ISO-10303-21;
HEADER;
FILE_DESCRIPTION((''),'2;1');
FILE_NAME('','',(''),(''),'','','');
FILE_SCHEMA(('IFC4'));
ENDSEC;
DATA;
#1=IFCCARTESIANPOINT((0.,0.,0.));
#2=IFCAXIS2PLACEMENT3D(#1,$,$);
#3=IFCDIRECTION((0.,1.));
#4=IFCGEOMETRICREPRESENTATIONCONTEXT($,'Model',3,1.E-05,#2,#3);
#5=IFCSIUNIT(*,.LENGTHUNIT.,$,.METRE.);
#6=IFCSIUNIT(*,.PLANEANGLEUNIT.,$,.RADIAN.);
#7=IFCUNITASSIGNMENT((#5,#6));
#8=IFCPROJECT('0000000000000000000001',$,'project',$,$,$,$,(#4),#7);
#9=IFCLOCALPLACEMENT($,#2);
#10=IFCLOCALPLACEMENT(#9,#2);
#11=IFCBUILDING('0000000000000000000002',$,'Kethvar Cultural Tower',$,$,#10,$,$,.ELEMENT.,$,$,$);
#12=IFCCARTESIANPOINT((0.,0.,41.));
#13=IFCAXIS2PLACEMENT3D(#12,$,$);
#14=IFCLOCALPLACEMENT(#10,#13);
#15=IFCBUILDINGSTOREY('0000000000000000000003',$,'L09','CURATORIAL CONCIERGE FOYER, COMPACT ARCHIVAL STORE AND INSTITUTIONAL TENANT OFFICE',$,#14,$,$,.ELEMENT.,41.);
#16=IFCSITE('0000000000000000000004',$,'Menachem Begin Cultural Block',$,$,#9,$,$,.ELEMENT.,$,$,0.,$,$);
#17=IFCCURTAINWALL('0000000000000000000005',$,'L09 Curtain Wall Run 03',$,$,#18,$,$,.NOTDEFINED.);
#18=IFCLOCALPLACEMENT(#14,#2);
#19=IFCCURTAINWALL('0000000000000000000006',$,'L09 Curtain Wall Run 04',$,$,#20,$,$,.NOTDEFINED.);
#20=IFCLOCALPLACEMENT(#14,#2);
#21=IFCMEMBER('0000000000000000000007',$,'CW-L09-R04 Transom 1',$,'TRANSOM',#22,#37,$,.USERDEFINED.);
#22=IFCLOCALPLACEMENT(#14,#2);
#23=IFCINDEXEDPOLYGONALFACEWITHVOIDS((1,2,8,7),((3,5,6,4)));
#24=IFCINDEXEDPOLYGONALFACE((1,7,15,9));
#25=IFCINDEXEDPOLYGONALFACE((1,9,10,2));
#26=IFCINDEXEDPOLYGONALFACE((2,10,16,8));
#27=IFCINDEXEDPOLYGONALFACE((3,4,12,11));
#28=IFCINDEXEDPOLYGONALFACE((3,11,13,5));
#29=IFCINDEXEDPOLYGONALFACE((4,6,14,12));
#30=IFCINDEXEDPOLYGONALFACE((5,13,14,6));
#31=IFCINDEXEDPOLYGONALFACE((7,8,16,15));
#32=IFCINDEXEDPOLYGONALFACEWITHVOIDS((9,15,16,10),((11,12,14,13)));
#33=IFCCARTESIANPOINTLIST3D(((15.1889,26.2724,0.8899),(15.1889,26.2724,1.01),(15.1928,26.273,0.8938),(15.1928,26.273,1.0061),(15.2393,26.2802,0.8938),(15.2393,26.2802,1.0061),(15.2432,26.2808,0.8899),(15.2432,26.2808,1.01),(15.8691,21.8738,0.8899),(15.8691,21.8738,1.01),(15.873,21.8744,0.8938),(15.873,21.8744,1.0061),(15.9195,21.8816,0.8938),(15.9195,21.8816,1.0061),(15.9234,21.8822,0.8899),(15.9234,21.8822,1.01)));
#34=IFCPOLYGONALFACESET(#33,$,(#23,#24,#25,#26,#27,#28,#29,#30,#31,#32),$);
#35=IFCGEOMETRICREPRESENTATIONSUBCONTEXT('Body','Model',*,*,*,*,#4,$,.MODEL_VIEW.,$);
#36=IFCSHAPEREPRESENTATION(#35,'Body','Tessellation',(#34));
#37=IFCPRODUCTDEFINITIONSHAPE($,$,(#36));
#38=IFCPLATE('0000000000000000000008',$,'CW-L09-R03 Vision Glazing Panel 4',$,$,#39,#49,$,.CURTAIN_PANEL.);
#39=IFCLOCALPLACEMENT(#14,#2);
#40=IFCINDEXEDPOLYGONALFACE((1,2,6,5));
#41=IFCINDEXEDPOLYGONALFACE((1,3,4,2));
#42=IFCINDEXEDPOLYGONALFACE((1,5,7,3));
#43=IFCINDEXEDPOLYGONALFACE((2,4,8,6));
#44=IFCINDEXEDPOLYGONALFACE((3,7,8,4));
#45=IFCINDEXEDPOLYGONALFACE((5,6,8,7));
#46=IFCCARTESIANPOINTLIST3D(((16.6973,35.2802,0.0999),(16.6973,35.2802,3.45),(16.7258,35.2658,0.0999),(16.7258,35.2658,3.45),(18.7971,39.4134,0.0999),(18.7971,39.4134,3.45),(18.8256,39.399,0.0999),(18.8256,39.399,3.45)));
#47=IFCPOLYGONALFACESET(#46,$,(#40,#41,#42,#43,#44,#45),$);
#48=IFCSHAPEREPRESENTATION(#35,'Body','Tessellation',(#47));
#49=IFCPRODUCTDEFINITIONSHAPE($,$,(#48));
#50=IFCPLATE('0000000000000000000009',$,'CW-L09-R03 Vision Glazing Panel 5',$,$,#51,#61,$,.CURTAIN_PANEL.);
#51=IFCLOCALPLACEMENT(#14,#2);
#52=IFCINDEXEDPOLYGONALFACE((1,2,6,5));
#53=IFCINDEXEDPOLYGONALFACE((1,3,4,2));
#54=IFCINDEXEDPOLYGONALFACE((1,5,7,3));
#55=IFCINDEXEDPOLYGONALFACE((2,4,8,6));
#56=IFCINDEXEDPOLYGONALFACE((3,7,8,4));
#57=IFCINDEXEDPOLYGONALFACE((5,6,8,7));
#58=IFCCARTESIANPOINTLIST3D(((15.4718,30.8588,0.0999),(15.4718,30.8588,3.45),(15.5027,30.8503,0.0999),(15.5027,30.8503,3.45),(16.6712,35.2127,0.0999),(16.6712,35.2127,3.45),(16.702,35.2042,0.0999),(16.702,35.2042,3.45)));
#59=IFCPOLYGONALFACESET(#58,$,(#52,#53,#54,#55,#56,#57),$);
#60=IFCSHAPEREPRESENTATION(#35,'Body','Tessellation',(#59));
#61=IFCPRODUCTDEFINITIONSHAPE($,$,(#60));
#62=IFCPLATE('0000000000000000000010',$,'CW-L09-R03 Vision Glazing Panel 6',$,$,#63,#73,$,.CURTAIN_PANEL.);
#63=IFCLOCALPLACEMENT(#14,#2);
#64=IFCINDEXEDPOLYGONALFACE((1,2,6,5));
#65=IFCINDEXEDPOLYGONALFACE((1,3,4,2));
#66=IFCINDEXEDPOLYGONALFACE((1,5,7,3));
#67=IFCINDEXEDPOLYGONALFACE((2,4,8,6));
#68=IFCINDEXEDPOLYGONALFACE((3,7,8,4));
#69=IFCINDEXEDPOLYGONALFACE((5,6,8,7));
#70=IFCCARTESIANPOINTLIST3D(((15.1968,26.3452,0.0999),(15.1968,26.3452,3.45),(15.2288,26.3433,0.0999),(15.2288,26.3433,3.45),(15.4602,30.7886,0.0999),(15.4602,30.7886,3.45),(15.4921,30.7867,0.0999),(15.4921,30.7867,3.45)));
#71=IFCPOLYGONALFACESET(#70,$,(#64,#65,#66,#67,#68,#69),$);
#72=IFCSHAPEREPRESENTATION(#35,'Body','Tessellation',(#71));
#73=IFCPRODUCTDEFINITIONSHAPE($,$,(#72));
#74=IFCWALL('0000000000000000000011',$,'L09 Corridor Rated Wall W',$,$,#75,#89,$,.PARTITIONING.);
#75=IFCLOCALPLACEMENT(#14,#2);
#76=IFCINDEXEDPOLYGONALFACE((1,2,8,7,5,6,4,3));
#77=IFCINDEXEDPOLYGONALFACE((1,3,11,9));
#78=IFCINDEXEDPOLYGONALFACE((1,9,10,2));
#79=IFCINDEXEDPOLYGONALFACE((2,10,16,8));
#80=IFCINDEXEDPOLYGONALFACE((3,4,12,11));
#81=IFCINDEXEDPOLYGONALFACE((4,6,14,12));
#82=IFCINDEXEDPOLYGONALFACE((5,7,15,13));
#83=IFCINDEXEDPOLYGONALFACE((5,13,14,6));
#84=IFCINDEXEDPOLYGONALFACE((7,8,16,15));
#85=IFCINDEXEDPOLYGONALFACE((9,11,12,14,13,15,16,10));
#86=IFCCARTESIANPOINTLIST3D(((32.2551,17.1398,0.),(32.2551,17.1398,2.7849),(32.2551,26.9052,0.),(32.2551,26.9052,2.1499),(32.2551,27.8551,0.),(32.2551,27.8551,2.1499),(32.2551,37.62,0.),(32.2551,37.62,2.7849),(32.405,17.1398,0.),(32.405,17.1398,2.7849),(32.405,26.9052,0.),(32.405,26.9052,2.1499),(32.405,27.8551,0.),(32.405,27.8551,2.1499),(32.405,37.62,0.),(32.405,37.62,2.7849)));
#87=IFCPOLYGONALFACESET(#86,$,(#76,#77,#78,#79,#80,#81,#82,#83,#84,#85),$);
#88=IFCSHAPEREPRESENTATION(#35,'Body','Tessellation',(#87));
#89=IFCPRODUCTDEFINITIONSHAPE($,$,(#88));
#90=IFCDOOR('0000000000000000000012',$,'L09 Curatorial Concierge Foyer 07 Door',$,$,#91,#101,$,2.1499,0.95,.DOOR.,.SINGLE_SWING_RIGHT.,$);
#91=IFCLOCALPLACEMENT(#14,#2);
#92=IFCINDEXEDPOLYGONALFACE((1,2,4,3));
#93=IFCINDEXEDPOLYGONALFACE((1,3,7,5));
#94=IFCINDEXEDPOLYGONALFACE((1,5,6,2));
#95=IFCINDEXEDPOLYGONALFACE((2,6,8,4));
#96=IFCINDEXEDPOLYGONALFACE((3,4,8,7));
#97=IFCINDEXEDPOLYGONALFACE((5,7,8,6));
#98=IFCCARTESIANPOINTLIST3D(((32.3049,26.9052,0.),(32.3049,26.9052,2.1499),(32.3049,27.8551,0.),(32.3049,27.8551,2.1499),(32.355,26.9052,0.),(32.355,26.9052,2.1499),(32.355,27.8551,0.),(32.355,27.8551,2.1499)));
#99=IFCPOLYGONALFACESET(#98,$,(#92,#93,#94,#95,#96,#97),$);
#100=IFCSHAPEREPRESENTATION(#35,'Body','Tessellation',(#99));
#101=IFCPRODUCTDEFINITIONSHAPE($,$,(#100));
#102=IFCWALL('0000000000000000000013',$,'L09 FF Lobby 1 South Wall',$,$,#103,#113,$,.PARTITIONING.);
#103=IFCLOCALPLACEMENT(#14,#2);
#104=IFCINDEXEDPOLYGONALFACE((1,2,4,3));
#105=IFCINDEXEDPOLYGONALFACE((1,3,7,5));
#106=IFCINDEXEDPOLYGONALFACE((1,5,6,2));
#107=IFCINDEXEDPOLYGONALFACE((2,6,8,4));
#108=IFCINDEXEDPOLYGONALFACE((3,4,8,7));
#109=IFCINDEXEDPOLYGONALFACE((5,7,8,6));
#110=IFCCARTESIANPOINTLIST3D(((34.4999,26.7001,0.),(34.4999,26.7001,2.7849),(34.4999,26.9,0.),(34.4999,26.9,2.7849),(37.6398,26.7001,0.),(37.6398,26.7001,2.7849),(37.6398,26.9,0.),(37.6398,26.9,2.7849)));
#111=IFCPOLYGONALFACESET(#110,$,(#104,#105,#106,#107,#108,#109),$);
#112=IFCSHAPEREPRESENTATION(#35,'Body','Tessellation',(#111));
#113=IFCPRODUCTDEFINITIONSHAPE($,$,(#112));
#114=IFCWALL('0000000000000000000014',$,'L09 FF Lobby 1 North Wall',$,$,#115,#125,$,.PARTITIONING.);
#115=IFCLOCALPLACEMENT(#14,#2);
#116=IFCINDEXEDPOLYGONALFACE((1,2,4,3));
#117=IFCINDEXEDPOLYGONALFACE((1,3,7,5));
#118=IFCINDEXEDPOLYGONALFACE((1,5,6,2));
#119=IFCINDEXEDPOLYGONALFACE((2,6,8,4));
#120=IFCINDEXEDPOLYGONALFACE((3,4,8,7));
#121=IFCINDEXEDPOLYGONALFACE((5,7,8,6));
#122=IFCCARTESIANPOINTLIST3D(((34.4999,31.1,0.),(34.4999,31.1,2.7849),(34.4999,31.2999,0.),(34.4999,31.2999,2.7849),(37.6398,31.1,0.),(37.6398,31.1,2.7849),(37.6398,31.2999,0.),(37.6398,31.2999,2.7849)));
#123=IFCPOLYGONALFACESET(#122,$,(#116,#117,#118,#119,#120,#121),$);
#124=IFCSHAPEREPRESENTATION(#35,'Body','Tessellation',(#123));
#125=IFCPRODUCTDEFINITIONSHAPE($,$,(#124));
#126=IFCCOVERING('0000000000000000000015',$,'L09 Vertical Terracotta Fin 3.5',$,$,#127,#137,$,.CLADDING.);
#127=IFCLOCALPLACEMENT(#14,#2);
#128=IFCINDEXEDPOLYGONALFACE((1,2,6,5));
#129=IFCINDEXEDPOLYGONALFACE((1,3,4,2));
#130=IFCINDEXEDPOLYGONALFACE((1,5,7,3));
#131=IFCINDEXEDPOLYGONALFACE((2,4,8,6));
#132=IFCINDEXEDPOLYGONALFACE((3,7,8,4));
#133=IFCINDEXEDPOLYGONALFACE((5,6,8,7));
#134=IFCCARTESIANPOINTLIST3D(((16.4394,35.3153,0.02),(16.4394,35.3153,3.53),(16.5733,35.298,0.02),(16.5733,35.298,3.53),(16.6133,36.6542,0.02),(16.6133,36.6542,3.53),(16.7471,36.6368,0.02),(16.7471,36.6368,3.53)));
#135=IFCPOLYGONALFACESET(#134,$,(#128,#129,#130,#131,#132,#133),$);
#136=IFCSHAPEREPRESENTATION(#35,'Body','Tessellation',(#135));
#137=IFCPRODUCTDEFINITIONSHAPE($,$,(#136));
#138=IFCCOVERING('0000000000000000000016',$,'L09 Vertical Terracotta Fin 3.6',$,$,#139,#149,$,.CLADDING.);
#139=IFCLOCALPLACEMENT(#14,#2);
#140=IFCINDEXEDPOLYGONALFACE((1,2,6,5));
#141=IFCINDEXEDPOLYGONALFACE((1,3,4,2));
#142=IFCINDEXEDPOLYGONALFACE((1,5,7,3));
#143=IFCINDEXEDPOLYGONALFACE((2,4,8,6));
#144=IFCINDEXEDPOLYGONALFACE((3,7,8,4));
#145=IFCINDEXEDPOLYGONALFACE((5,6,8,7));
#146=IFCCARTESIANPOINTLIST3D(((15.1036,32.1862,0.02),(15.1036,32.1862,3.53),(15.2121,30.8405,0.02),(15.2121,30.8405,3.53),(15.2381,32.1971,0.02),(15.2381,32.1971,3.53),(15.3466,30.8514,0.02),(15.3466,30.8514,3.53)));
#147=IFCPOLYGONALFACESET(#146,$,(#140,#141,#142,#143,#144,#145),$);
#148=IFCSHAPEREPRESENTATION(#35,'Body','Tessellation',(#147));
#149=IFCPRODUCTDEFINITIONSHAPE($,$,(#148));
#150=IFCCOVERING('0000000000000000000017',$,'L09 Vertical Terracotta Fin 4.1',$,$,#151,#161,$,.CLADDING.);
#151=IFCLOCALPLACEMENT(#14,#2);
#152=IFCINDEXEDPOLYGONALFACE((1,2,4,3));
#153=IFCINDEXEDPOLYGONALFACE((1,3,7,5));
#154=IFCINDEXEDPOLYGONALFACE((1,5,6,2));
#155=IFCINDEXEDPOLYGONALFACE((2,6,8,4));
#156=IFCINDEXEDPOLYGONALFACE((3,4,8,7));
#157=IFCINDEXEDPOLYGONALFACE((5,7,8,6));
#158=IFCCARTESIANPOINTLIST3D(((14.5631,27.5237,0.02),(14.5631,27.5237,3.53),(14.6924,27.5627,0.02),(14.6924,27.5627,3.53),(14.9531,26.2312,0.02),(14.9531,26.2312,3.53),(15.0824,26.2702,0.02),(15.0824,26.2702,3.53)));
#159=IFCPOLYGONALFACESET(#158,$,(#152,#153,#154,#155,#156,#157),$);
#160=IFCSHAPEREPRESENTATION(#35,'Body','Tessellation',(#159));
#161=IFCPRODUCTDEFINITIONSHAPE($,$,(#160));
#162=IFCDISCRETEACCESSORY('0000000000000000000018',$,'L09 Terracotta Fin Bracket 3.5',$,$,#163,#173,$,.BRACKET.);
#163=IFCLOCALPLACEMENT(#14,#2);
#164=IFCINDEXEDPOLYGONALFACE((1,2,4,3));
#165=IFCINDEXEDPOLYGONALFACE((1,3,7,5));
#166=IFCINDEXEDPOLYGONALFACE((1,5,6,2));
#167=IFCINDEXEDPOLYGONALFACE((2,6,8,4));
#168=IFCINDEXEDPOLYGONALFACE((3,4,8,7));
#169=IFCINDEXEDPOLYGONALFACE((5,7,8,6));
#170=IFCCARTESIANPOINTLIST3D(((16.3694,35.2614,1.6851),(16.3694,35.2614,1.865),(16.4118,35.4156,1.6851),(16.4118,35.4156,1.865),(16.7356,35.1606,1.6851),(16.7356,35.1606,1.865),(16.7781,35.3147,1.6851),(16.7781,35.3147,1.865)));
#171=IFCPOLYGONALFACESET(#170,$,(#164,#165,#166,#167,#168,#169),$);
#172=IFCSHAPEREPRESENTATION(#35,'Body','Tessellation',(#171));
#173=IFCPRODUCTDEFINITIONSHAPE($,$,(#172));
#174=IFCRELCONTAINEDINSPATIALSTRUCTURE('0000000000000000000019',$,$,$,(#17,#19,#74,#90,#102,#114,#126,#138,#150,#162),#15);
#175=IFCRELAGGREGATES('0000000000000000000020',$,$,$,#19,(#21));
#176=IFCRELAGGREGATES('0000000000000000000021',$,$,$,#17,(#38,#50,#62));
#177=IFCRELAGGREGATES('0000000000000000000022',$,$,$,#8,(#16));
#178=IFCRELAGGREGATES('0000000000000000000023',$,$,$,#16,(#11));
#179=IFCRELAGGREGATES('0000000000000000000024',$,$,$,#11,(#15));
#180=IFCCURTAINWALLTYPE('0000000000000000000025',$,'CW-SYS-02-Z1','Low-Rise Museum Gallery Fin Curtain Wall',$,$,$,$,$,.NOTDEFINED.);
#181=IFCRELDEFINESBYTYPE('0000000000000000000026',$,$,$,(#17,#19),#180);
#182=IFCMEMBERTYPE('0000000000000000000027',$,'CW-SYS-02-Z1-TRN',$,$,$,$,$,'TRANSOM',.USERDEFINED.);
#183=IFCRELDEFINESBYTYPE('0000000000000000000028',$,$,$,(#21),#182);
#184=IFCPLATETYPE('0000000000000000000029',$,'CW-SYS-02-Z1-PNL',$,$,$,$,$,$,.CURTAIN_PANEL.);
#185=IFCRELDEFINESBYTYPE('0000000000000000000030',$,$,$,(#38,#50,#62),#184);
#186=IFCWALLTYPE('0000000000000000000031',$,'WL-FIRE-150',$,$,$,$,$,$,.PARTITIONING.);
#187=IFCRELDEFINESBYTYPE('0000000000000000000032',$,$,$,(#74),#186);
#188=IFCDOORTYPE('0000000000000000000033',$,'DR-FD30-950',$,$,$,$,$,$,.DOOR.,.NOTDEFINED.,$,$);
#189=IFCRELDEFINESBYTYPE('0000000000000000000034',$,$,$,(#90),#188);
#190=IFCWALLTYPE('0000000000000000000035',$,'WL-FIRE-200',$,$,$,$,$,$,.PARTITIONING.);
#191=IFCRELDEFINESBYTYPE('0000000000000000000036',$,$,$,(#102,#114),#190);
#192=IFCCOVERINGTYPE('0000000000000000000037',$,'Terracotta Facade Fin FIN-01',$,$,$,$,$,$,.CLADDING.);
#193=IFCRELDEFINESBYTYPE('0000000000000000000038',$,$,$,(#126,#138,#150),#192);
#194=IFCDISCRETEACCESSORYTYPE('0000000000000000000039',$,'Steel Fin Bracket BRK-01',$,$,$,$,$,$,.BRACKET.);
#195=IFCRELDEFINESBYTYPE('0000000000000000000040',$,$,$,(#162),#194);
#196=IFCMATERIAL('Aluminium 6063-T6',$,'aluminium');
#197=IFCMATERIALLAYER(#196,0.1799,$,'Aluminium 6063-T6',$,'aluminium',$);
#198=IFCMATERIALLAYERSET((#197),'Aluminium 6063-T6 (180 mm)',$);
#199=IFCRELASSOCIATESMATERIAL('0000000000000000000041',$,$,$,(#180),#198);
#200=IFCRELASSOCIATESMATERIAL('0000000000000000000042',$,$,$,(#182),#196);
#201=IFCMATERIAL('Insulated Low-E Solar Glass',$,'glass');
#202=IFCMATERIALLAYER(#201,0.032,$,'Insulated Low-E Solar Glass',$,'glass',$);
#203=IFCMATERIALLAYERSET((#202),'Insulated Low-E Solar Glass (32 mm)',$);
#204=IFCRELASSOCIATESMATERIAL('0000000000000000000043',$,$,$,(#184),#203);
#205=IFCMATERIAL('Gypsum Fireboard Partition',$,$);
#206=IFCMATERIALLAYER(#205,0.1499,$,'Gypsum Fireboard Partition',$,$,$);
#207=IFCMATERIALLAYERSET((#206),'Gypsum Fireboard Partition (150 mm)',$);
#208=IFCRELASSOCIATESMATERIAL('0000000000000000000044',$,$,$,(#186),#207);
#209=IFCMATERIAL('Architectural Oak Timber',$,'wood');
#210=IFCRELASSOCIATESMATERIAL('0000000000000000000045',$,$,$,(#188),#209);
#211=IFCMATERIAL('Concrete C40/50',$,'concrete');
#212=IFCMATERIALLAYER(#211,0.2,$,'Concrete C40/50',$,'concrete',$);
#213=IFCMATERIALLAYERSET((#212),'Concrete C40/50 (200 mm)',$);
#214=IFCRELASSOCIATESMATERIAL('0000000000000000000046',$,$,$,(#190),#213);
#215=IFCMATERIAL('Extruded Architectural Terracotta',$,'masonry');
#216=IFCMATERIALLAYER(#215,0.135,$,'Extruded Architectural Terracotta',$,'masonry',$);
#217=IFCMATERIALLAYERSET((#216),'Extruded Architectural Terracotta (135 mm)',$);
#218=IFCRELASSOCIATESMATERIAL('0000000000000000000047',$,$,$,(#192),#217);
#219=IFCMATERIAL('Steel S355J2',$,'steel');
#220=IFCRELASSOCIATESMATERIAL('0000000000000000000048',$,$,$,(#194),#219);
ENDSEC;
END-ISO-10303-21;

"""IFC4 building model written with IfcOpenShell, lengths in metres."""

from ifc_helpers import new_model, si_unit, direction, frame, frame_2d, origin, origin_2d, place, context, subcontext, project, spatial, rectangle, hollow_rectangle, extrude, source, transform, mapped, material, layer, layer_set, material_profile, profile_set, type_object, element, fill, aggregate, save


model = new_model("IFC4")

# Units and contexts
model_context = context("Model", 3, precision=1e-05, world=origin(), true_north=direction((0.0, 1.0)))
body_context = subcontext(model_context, "Body", "Model", "MODEL_VIEW")
ifc_project = project(units=[si_unit("LENGTHUNIT", "METRE"), si_unit("PLANEANGLEUNIT", "RADIAN")], contexts=[model_context])

# Site, building, storey
site_placement = place(None, origin())
site = spatial("IfcSite", under=ifc_project, at=site_placement, Name="Menachem Begin Cultural Block", CompositionType="ELEMENT", RefElevation=0.0)
building_placement = place(site_placement, origin())
building = spatial("IfcBuilding", under=site, at=building_placement, Name="Kethvar Cultural Tower", CompositionType="ELEMENT")
storey_placement = place(building_placement, frame((0.0, 0.0, 41.0)))
storey = spatial("IfcBuildingStorey", under=building, at=storey_placement, Name="L09", Description="CURATORIAL CONCIERGE FOYER, COMPACT ARCHIVAL STORE AND INSTITUTIONAL TENANT OFFICE", CompositionType="ELEMENT", Elevation=41.0)

# Shared definitions
ifc_material_1 = material(Name="Steel S355J2", Category="steel")

# Curtain wall
ifc_material_2 = material(Name="Aluminium 6063-T6", Category="aluminium")
ifc_layer_1 = layer(ifc_material_2, 0.1799, Name="Aluminium 6063-T6", Category="aluminium")
ifc_layer_set_1 = layer_set([ifc_layer_1], Name="Aluminium 6063-T6 (180 mm)")
curtain_wall_type = type_object("IfcCurtainWallType", Name="CW-SYS-02-Z1", Description="Low-Rise Museum Gallery Fin Curtain Wall", PredefinedType="NOTDEFINED", material=ifc_layer_set_1)
curtain_wall_1_placement = place(storey_placement, origin())
curtain_wall_1 = element("IfcCurtainWall", 1, at=curtain_wall_1_placement, inside=storey, type_object=curtain_wall_type, Name="L09 Curtain Wall Run 03", PredefinedType="NOTDEFINED")

# Curtain wall
curtain_wall_2_placement = place(storey_placement, origin())
curtain_wall_2 = element("IfcCurtainWall", 2, at=curtain_wall_2_placement, inside=storey, type_object=curtain_wall_type, Name="L09 Curtain Wall Run 04", PredefinedType="NOTDEFINED")

# Member
ifc_material_profile_1 = material_profile(ifc_material_2, hollow_rectangle(XDim=0.0549, YDim=0.1201, WallThickness=0.0039, at=origin_2d()), Name="Aluminium 6063-T6 — RHS120x55x4")
ifc_profile_set_1 = profile_set([ifc_material_profile_1], Name="Aluminium 6063-T6 — RHS120x55x4")
member_type_1 = type_object("IfcMemberType", Name="CW-SYS-02-Z1-TRN", ElementType="TRANSOM", PredefinedType="USERDEFINED", material=ifc_profile_set_1)
shared_shape_1 = source(origin(), body_context, "Body", "SweptSolid", [
    extrude(hollow_rectangle(XDim=0.0549, YDim=0.1201, WallThickness=0.0039, at=origin_2d()), origin(), (0.0, 0.0, 1.0), 4.4509),
])
member_1_placement = place(storey_placement, frame((15.2161, 26.2766, 0.95), z_axis=(0.152816, -0.988255, 0.0), x_axis=(0.988255, 0.152816, 0.0)))
member_1 = element("IfcMember", 3, at=member_1_placement, type_object=member_type_1, Name="CW-L09-R04 Transom 1", ObjectType="TRANSOM", PredefinedType="USERDEFINED", context=body_context, shape_type="MappedRepresentation", body=[
    mapped(shared_shape_1, transform((0.0, 0.0, 0.0), scale=1.0)),
])
aggregate(curtain_wall_2, [member_1])

# Plates
ifc_material_3 = material(Name="Insulated Low-E Solar Glass", Category="glass")
ifc_layer_2 = layer(ifc_material_3, 0.032, Name="Insulated Low-E Solar Glass", Category="glass")
ifc_layer_set_2 = layer_set([ifc_layer_2], Name="Insulated Low-E Solar Glass (32 mm)")
plate_type = type_object("IfcPlateType", Name="CW-SYS-02-Z1-PNL", PredefinedType="CURTAIN_PANEL", material=ifc_layer_set_2)
shared_shape_2 = source(origin(), body_context, "Body", "SweptSolid", [
    extrude(rectangle(XDim=4.636, YDim=0.032, at=origin_2d()), origin(), (0.0, 0.0, 1.0), 3.3501),
])
plate_1_placement = place(storey_placement, frame((17.7615, 37.3396, 0.0999), z_axis=(0.0, 0.0, 1.0), x_axis=(-0.452933, -0.891545, 0.0)))
plate_1 = element("IfcPlate", 4, at=plate_1_placement, type_object=plate_type, Name="CW-L09-R03 Vision Glazing Panel 4", PredefinedType="CURTAIN_PANEL", context=body_context, shape_type="MappedRepresentation", body=[
    mapped(shared_shape_2, transform((0.0, 0.0, 0.0), scale=1.0)),
])
shared_shape_3 = source(origin(), body_context, "Body", "SweptSolid", [
    extrude(rectangle(XDim=4.5161, YDim=0.032, at=origin_2d()), origin(), (0.0, 0.0, 1.0), 3.3501),
])
plate_2_placement = place(storey_placement, frame((16.0869, 33.0315, 0.0999), z_axis=(0.0, 0.0, 1.0), x_axis=(-0.265573, -0.964091, 0.0)))
plate_2 = element("IfcPlate", 5, at=plate_2_placement, type_object=plate_type, Name="CW-L09-R03 Vision Glazing Panel 5", PredefinedType="CURTAIN_PANEL", context=body_context, shape_type="MappedRepresentation", body=[
    mapped(shared_shape_3, transform((0.0, 0.0, 0.0), scale=1.0)),
])
shared_shape_4 = source(origin(), body_context, "Body", "SweptSolid", [
    extrude(rectangle(XDim=4.4512, YDim=0.032, at=origin_2d()), origin(), (0.0, 0.0, 1.0), 3.3501),
])
plate_3_placement = place(storey_placement, frame((15.3445, 28.5659, 0.0999), z_axis=(0.0, 0.0, 1.0), x_axis=(-0.059167, -0.998248, 0.0)))
plate_3 = element("IfcPlate", 6, at=plate_3_placement, type_object=plate_type, Name="CW-L09-R03 Vision Glazing Panel 6", PredefinedType="CURTAIN_PANEL", context=body_context, shape_type="MappedRepresentation", body=[
    mapped(shared_shape_4, transform((0.0, 0.0, 0.0), scale=1.0)),
])
aggregate(curtain_wall_1, [plate_1, plate_2, plate_3])

# Wall, opening, door
ifc_material_4 = material(Name="Gypsum Fireboard Partition")
ifc_layer_3 = layer(ifc_material_4, 0.1499, Name="Gypsum Fireboard Partition")
ifc_layer_set_3 = layer_set([ifc_layer_3], Name="Gypsum Fireboard Partition (150 mm)")
wall_type_1 = type_object("IfcWallType", Name="WL-FIRE-150", PredefinedType="PARTITIONING", material=ifc_layer_set_3)
wall_1_placement = place(storey_placement, frame((32.3301, 37.6201, 0.0), z_axis=(0.0, 0.0, 1.0), x_axis=(0.0, -1.0, 0.0)))
wall_1 = element("IfcWall", 7, at=wall_1_placement, inside=storey, type_object=wall_type_1, Name="L09 Corridor Rated Wall W", PredefinedType="PARTITIONING", context=body_context, shape_type="SweptSolid", body=[
    extrude(rectangle(XDim=20.4802, YDim=0.1499, at=frame_2d((10.2402, 0.0))), origin(), (0.0, 0.0, 1.0), 2.7849),
])
opening_1_placement = place(wall_1_placement, frame((9.7649, 0.0, 0.0)))
opening_1 = element("IfcOpeningElement", 8, at=opening_1_placement, cuts=wall_1, PredefinedType="OPENING", context=body_context, shape_type="SweptSolid", body=[
    extrude(rectangle(XDim=0.95, YDim=2.1499, at=frame_2d((0.4751, 1.075))), frame((0.0, 0.085, 0.0), z_axis=(0.0, -1.0, 0.0), x_axis=(1.0, 0.0, 0.0)), (0.0, 0.0, 1.0), 0.1699),
])
ifc_material_5 = material(Name="Architectural Oak Timber", Category="wood")
door_type_1 = type_object("IfcDoorType", Name="DR-FD30-950", OperationType="NOTDEFINED", PredefinedType="DOOR", material=ifc_material_5)
shared_shape_5 = source(origin(), body_context, "Body", "SweptSolid", [
    extrude(rectangle(XDim=0.95, YDim=2.1499, at=frame_2d((0.4751, 1.075))), frame((0.0, 0.0249, 0.0), z_axis=(0.0, -1.0, 0.0), x_axis=(1.0, 0.0, 0.0)), (0.0, 0.0, 1.0), 0.05),
])
door_1_placement = place(opening_1_placement, origin())
door_1 = element("IfcDoor", 9, at=door_1_placement, inside=storey, type_object=door_type_1, Name="L09 Curatorial Concierge Foyer 07 Door", OperationType="SINGLE_SWING_RIGHT", OverallHeight=2.1499, OverallWidth=0.95, PredefinedType="DOOR", context=body_context, shape_type="MappedRepresentation", body=[
    mapped(shared_shape_5, transform((0.0, 0.0, 0.0), scale=1.0)),
])
fill(opening_1, door_1)
ifc_material_6 = material(Name="Concrete C40/50", Category="concrete")
ifc_layer_4 = layer(ifc_material_6, 0.2, Name="Concrete C40/50", Category="concrete")
ifc_layer_set_4 = layer_set([ifc_layer_4], Name="Concrete C40/50 (200 mm)")
wall_type_2 = type_object("IfcWallType", Name="WL-FIRE-200", PredefinedType="PARTITIONING", material=ifc_layer_set_4)

# Walls
for number, where, z_axis, x_axis, name in (
    (10, (34.5, 26.8, 0.0), (0.0, 0.0, 1.0), (1.0, 0.0, 0.0), "L09 FF Lobby 1 South Wall"),
    (11, (34.5, 31.2, 0.0), (0.0, 0.0, 1.0), (1.0, 0.0, 0.0), "L09 FF Lobby 1 North Wall"),
):
    element("IfcWall", number, at=place(storey_placement, frame(where, z_axis=z_axis, x_axis=x_axis)), inside=storey, type_object=wall_type_2, Name=name, PredefinedType="PARTITIONING", context=body_context, shape_type="SweptSolid", body=[
        extrude(rectangle(XDim=3.1399, YDim=0.2, at=frame_2d((1.5698, 0.0))), origin(), (0.0, 0.0, 1.0), 2.7849),
    ])

# Coverings
ifc_material_7 = material(Name="Extruded Architectural Terracotta", Category="masonry")
ifc_layer_5 = layer(ifc_material_7, 0.135, Name="Extruded Architectural Terracotta", Category="masonry")
ifc_layer_set_5 = layer_set([ifc_layer_5], Name="Extruded Architectural Terracotta (135 mm)")
covering_type = type_object("IfcCoveringType", Name="Terracotta Facade Fin FIN-01", PredefinedType="CLADDING", material=ifc_layer_set_5)
shared_shape_6 = source(origin(), body_context, "Body", "SweptSolid", [
    extrude(rectangle(XDim=1.3501, YDim=0.135, at=origin_2d()), origin(), (0.0, 0.0, 1.0), 3.51),
])
for number, where, z_axis, x_axis, name in (
    (12, (16.5933, 35.9761, 0.02), (0.0, 0.0, 1.0), (0.128796, 0.991671, 0.0), "L09 Vertical Terracotta Fin 3.5"),
    (13, (15.2251, 31.5188, 0.02), (0.0, 0.0, 1.0), (-0.080373, 0.996765, 0.0), "L09 Vertical Terracotta Fin 3.6"),
    (14, (14.8228, 26.897, 0.02), (0.0, 0.0, 1.0), (-0.288865, 0.95737, 0.0), "L09 Vertical Terracotta Fin 4.1"),
):
    element("IfcCovering", number, at=place(storey_placement, frame(where, z_axis=z_axis, x_axis=x_axis)), inside=storey, type_object=covering_type, Name=name, PredefinedType="CLADDING", context=body_context, shape_type="MappedRepresentation", body=[
        mapped(shared_shape_6, transform((0.0, 0.0, 0.0), scale=1.0)),
    ])

# Discrete accessory
discrete_accessory_type = type_object("IfcDiscreteAccessoryType", Name="Steel Fin Bracket BRK-01", PredefinedType="BRACKET", material=ifc_material_1)
shared_shape_7 = source(origin(), body_context, "Body", "SweptSolid", [
    extrude(rectangle(XDim=0.3799, YDim=0.1599, at=origin_2d()), origin(), (0.0, 0.0, 1.0), 0.1799),
])
for number, where, z_axis, x_axis, name in (
    (15, (16.5737, 35.2881, 1.6851), (0.0, 0.0, 1.0), (-0.964095, 0.265556, 0.0), "L09 Terracotta Fin Bracket 3.5"),
):
    element("IfcDiscreteAccessory", number, at=place(storey_placement, frame(where, z_axis=z_axis, x_axis=x_axis)), inside=storey, type_object=discrete_accessory_type, Name=name, PredefinedType="BRACKET", context=body_context, shape_type="MappedRepresentation", body=[
        mapped(shared_shape_7, transform((0.0, 0.0, 0.0), scale=1.0)),
    ])

save(model, "model.ifc")
